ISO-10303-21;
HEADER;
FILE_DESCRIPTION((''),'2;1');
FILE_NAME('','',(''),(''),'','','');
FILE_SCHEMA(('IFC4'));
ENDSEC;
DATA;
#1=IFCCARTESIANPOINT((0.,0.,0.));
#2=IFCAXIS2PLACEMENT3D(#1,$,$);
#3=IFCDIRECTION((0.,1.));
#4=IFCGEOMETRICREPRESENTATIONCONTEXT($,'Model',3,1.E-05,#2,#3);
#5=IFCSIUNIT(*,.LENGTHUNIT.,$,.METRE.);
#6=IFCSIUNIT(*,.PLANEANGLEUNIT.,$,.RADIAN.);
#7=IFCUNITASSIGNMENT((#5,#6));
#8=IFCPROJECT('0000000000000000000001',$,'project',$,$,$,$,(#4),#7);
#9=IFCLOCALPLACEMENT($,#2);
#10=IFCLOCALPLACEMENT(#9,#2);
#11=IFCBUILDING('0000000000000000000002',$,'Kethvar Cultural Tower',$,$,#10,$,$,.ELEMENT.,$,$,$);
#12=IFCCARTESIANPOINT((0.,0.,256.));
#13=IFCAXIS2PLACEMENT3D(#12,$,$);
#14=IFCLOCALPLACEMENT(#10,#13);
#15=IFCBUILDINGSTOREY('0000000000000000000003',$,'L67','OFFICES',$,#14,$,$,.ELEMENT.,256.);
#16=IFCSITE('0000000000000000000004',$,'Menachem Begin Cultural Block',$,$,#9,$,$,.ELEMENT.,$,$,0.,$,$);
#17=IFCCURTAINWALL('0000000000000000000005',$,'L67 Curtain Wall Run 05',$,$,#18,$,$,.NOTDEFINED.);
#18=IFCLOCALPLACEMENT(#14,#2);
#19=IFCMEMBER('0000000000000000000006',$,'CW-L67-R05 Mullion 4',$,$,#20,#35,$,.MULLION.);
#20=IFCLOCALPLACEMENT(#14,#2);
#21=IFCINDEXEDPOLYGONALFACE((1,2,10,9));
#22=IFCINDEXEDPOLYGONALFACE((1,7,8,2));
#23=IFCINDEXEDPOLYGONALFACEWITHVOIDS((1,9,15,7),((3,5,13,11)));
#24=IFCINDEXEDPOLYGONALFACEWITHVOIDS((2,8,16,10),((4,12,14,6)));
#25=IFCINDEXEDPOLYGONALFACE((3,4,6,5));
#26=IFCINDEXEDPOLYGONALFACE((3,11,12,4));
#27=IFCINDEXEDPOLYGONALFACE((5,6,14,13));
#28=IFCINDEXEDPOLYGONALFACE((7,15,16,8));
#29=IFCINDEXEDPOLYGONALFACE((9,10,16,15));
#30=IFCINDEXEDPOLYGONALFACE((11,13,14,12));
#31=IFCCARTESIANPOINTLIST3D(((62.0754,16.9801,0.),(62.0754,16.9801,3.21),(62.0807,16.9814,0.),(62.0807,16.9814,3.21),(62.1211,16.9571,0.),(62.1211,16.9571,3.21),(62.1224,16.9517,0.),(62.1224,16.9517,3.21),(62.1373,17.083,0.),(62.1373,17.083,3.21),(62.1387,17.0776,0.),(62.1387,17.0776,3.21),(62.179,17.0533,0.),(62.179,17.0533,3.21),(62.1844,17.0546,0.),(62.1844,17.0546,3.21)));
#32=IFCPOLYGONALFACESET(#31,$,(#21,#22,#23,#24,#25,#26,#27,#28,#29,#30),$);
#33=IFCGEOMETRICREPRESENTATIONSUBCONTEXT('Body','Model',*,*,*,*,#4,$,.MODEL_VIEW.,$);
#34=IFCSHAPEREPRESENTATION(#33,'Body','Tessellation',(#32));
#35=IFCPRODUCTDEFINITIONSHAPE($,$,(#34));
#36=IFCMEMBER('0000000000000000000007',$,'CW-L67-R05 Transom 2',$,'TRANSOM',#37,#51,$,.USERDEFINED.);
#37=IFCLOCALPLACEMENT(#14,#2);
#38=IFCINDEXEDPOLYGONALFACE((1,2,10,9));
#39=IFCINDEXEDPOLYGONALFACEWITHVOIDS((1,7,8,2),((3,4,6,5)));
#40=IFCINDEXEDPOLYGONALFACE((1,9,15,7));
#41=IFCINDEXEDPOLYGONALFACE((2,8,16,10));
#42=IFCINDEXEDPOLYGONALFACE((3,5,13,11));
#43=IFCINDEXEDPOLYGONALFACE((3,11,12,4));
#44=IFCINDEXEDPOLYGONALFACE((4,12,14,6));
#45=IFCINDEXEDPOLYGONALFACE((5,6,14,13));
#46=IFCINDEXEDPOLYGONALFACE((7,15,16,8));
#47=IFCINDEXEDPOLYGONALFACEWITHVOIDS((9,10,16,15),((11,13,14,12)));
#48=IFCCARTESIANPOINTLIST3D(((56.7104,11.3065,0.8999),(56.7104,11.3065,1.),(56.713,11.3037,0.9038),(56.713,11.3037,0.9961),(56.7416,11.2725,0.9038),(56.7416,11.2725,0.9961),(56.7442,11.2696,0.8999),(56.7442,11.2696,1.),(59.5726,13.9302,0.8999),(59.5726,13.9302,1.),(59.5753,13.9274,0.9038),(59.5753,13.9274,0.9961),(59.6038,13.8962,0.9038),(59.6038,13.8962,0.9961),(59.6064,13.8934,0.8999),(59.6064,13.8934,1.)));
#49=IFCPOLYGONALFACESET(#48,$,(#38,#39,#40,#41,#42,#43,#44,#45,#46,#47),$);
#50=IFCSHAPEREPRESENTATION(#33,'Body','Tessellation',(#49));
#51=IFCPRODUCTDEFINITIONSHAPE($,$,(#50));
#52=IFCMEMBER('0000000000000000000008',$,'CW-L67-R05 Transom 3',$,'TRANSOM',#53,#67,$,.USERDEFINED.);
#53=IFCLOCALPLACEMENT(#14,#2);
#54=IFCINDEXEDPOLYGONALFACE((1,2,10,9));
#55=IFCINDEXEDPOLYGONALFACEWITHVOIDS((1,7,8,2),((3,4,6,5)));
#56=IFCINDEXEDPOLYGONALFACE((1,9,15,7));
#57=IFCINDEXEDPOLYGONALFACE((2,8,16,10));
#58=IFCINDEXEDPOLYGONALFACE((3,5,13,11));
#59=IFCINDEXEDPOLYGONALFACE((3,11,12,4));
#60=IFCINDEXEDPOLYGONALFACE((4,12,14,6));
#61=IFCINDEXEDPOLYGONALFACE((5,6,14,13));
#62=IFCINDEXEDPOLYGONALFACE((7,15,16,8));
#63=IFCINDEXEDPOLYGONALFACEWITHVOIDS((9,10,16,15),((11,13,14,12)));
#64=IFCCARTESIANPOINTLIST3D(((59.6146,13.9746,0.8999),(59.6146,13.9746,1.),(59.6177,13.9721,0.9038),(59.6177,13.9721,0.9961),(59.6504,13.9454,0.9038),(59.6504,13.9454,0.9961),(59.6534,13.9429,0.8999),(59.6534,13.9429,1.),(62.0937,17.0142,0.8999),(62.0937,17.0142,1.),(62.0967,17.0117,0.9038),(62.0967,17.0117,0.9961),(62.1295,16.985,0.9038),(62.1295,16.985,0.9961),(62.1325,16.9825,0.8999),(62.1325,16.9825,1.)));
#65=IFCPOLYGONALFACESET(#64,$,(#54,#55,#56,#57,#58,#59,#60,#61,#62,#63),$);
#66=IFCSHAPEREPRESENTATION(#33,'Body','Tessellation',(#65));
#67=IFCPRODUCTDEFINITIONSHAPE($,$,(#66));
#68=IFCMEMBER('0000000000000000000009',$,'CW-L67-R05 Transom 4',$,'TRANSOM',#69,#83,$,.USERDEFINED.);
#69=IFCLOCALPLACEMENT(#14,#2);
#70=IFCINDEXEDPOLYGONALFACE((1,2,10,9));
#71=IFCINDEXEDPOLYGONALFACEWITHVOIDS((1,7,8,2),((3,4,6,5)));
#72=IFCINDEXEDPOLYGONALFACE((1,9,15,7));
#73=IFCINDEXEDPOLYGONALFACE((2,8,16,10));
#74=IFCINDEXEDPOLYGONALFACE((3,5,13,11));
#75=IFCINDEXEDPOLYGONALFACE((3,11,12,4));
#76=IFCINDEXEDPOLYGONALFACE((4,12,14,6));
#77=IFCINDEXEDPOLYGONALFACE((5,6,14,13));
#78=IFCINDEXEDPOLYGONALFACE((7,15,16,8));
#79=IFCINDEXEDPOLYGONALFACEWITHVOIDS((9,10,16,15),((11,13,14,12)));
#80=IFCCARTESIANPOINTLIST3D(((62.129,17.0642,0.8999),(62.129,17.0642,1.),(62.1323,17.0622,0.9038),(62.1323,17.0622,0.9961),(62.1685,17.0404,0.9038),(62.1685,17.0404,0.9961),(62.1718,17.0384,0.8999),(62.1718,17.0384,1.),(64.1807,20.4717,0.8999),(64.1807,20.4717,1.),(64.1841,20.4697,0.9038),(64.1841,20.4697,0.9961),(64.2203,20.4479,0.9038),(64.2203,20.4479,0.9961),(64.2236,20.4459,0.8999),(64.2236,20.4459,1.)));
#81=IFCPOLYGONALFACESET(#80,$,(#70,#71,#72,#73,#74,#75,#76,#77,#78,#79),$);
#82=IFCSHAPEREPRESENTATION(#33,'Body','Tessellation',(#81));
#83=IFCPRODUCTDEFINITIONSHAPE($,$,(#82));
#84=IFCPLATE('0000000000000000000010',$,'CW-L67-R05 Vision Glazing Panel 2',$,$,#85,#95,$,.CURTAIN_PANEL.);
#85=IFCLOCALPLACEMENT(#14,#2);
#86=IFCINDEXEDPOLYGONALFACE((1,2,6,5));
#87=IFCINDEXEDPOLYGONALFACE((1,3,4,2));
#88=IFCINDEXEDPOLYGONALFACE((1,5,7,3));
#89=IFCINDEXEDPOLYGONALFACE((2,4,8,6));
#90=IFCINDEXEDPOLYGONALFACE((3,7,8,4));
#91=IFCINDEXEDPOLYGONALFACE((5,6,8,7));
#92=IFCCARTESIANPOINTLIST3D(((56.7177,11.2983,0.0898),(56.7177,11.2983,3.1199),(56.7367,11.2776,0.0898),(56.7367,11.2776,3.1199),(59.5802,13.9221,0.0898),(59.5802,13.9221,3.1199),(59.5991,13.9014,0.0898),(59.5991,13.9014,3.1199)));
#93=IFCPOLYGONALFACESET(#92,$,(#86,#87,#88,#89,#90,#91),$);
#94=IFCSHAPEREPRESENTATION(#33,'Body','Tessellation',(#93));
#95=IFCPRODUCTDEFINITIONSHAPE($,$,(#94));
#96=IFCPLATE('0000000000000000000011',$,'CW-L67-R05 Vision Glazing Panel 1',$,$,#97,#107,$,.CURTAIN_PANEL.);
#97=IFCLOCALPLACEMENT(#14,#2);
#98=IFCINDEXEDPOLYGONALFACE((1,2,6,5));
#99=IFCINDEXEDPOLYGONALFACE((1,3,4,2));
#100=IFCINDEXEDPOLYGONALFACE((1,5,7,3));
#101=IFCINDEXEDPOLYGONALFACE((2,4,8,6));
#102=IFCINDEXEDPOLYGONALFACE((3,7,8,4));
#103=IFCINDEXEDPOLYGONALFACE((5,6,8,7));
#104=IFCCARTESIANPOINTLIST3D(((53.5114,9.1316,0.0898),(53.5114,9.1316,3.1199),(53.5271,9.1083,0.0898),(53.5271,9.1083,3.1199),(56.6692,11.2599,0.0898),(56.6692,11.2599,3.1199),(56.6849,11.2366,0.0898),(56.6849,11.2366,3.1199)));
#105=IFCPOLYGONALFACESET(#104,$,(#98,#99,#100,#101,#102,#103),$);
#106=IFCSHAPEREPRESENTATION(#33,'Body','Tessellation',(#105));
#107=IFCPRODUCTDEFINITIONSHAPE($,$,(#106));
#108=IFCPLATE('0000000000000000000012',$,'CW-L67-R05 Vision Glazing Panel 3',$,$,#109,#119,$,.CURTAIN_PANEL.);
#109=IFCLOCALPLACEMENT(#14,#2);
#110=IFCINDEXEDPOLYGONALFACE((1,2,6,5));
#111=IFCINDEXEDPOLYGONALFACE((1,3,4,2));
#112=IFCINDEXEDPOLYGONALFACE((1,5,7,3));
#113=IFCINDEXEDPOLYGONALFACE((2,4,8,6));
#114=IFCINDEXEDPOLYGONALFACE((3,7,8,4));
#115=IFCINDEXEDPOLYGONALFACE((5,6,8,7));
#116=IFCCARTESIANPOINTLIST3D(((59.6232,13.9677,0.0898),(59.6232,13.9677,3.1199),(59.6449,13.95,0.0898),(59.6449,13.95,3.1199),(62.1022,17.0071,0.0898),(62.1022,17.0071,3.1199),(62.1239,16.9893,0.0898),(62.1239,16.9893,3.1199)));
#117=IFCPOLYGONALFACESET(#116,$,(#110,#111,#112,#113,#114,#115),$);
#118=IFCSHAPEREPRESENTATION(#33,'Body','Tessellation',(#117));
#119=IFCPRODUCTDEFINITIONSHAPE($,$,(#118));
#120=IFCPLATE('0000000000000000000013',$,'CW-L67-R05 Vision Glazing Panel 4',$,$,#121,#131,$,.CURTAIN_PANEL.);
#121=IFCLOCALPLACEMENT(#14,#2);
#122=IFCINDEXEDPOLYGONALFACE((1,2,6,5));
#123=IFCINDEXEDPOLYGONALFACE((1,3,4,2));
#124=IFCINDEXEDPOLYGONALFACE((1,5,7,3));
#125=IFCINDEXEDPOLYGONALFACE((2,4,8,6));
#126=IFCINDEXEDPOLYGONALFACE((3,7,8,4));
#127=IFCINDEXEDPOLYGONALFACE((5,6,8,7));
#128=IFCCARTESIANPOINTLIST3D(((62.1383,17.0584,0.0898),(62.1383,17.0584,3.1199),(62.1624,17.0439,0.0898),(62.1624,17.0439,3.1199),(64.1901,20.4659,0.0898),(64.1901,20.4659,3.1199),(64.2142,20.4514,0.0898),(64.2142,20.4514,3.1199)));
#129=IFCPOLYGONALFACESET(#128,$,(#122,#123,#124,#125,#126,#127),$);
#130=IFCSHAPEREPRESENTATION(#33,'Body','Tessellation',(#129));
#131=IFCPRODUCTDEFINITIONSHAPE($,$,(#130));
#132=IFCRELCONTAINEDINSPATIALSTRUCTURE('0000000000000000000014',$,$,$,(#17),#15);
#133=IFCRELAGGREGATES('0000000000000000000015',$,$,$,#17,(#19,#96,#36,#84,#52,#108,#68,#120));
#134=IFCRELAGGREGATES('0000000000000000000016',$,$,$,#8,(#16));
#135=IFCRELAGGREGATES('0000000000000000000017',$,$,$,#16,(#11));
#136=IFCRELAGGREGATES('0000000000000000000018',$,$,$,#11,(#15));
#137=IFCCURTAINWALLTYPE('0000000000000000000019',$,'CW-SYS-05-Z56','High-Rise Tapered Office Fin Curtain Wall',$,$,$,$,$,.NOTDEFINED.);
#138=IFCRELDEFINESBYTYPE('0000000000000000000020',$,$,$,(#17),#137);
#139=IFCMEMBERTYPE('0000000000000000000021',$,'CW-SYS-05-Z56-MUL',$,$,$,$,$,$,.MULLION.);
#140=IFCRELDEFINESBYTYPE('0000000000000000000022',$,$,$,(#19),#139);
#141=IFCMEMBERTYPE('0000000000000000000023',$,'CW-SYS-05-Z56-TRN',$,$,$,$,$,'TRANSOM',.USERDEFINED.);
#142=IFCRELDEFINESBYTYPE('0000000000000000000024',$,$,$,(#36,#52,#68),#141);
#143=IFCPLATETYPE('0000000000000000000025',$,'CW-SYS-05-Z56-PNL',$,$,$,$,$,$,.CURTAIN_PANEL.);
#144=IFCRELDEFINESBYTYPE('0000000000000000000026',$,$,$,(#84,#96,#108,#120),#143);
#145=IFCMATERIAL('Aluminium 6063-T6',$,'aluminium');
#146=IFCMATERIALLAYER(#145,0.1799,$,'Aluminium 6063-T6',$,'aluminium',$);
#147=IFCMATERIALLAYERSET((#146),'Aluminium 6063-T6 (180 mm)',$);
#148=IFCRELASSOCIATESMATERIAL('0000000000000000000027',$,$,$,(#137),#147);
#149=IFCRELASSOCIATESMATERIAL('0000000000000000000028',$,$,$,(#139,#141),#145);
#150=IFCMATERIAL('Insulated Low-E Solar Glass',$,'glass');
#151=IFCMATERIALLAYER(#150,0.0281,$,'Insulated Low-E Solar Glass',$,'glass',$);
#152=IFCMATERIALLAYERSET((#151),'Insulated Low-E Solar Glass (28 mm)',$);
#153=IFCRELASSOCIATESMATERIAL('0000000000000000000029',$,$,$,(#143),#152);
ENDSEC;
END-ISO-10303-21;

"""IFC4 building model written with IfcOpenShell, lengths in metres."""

from ifc_helpers import new_model, si_unit, direction, frame, origin, origin_2d, place, context, subcontext, project, spatial, rectangle, hollow_rectangle, extrude, source, transform, mapped, material, layer, layer_set, material_profile, profile_set, type_object, element, aggregate, save


model = new_model("IFC4")

# Units and contexts
model_context = context("Model", 3, precision=1e-05, world=origin(), true_north=direction((0.0, 1.0)))
body_context = subcontext(model_context, "Body", "Model", "MODEL_VIEW")
ifc_project = project(units=[si_unit("LENGTHUNIT", "METRE"), si_unit("PLANEANGLEUNIT", "RADIAN")], contexts=[model_context])

# Site, building, storey
site_placement = place(None, origin())
site = spatial("IfcSite", under=ifc_project, at=site_placement, Name="Menachem Begin Cultural Block", CompositionType="ELEMENT", RefElevation=0.0)
building_placement = place(site_placement, origin())
building = spatial("IfcBuilding", under=site, at=building_placement, Name="Kethvar Cultural Tower", CompositionType="ELEMENT")
storey_placement = place(building_placement, frame((0.0, 0.0, 256.0)))
storey = spatial("IfcBuildingStorey", under=building, at=storey_placement, Name="L67", Description="OFFICES", CompositionType="ELEMENT", Elevation=256.0)

# Curtain wall, members, plates
ifc_material_1 = material(Name="Aluminium 6063-T6", Category="aluminium")
ifc_layer_1 = layer(ifc_material_1, 0.1799, Name="Aluminium 6063-T6", Category="aluminium")
ifc_layer_set_1 = layer_set([ifc_layer_1], Name="Aluminium 6063-T6 (180 mm)")
curtain_wall_type = type_object("IfcCurtainWallType", Name="CW-SYS-05-Z56", Description="High-Rise Tapered Office Fin Curtain Wall", PredefinedType="NOTDEFINED", material=ifc_layer_set_1)
curtain_wall_placement = place(storey_placement, origin())
curtain_wall = element("IfcCurtainWall", 1, at=curtain_wall_placement, inside=storey, type_object=curtain_wall_type, Name="L67 Curtain Wall Run 05", PredefinedType="NOTDEFINED")
ifc_material_profile_1 = material_profile(ifc_material_1, hollow_rectangle(XDim=0.0549, YDim=0.1201, WallThickness=0.0039, at=origin_2d()), Name="Aluminium 6063-T6 — RHS120x55x4")
ifc_profile_set_1 = profile_set([ifc_material_profile_1], Name="Aluminium 6063-T6 — RHS120x55x4")
member_type_1 = type_object("IfcMemberType", Name="CW-SYS-05-Z56-MUL", PredefinedType="MULLION", material=ifc_profile_set_1)
shared_shape_1 = source(origin(), body_context, "Body", "SweptSolid", [
    extrude(hollow_rectangle(XDim=0.0549, YDim=0.1201, WallThickness=0.0039, at=origin_2d()), origin(), (0.0, 0.0, 1.0), 3.21),
])
member_1_placement = place(storey_placement, frame((62.1299, 17.0173, 0.0), z_axis=(0.0, 0.0, 1.0), x_axis=(-0.856682, 0.515846, 0.0)))
member_1 = element("IfcMember", 2, at=member_1_placement, type_object=member_type_1, Name="CW-L67-R05 Mullion 4", PredefinedType="MULLION", context=body_context, shape_type="MappedRepresentation", body=[
    mapped(shared_shape_1, transform((0.0, 0.0, 0.0), scale=1.0)),
])
ifc_material_profile_2 = material_profile(ifc_material_1, hollow_rectangle(XDim=0.05, YDim=0.1001, WallThickness=0.0039, at=origin_2d()), Name="Aluminium 6063-T6 — RHS100x50x4")
ifc_profile_set_2 = profile_set([ifc_material_profile_2], Name="Aluminium 6063-T6 — RHS100x50x4")
member_type_2 = type_object("IfcMemberType", Name="CW-SYS-05-Z56-TRN", ElementType="TRANSOM", PredefinedType="USERDEFINED", material=ifc_profile_set_2)
shared_shape_2 = source(origin(), body_context, "Body", "SweptSolid", [
    extrude(hollow_rectangle(XDim=0.05, YDim=0.1001, WallThickness=0.0039, at=origin_2d()), origin(), (0.0, 0.0, 1.0), 3.8828),
])
member_2_placement = place(storey_placement, frame((56.7273, 11.2881, 0.95), z_axis=(0.737154, 0.675725, 0.0), x_axis=(-0.675725, 0.737154, 0.0)))
member_2 = element("IfcMember", 3, at=member_2_placement, type_object=member_type_2, Name="CW-L67-R05 Transom 2", ObjectType="TRANSOM", PredefinedType="USERDEFINED", context=body_context, shape_type="MappedRepresentation", body=[
    mapped(shared_shape_2, transform((0.0, 0.0, 0.0), scale=1.0)),
])
shared_shape_3 = source(origin(), body_context, "Body", "SweptSolid", [
    extrude(hollow_rectangle(XDim=0.05, YDim=0.1001, WallThickness=0.0039, at=origin_2d()), origin(), (0.0, 0.0, 1.0), 3.9224),
])
member_3_placement = place(storey_placement, frame((59.634, 13.9587, 0.95), z_axis=(0.63203, 0.774944, 0.0), x_axis=(-0.774944, 0.63203, 0.0)))
member_3 = element("IfcMember", 4, at=member_3_placement, type_object=member_type_2, Name="CW-L67-R05 Transom 3", ObjectType="TRANSOM", PredefinedType="USERDEFINED", context=body_context, shape_type="MappedRepresentation", body=[
    mapped(shared_shape_3, transform((0.0, 0.0, 0.0), scale=1.0)),
])
shared_shape_4 = source(origin(), body_context, "Body", "SweptSolid", [
    extrude(hollow_rectangle(XDim=0.05, YDim=0.1001, WallThickness=0.0039, at=origin_2d()), origin(), (0.0, 0.0, 1.0), 3.9775),
])
member_4_placement = place(storey_placement, frame((62.1504, 17.0513, 0.95), z_axis=(0.51584, 0.856685, 0.0), x_axis=(-0.856685, 0.51584, 0.0)))
member_4 = element("IfcMember", 5, at=member_4_placement, type_object=member_type_2, Name="CW-L67-R05 Transom 4", ObjectType="TRANSOM", PredefinedType="USERDEFINED", context=body_context, shape_type="MappedRepresentation", body=[
    mapped(shared_shape_4, transform((0.0, 0.0, 0.0), scale=1.0)),
])
ifc_material_2 = material(Name="Insulated Low-E Solar Glass", Category="glass")
ifc_layer_2 = layer(ifc_material_2, 0.0281, Name="Insulated Low-E Solar Glass", Category="glass")
ifc_layer_set_2 = layer_set([ifc_layer_2], Name="Insulated Low-E Solar Glass (28 mm)")
plate_type = type_object("IfcPlateType", Name="CW-SYS-05-Z56-PNL", PredefinedType="CURTAIN_PANEL", material=ifc_layer_set_2)
shared_shape_5 = source(origin(), body_context, "Body", "SweptSolid", [
    extrude(rectangle(XDim=3.8831, YDim=0.0281, at=origin_2d()), origin(), (0.0, 0.0, 1.0), 3.03),
])
plate_1_placement = place(storey_placement, frame((58.1584, 12.5999, 0.0898), z_axis=(0.0, 0.0, 1.0), x_axis=(0.737159, 0.675719, 0.0)))
plate_1 = element("IfcPlate", 6, at=plate_1_placement, type_object=plate_type, Name="CW-L67-R05 Vision Glazing Panel 2", PredefinedType="CURTAIN_PANEL", context=body_context, shape_type="MappedRepresentation", body=[
    mapped(shared_shape_5, transform((0.0, 0.0, 0.0), scale=1.0)),
])
shared_shape_6 = source(origin(), body_context, "Body", "SweptSolid", [
    extrude(rectangle(XDim=3.8081, YDim=0.0281, at=origin_2d()), origin(), (0.0, 0.0, 1.0), 3.03),
])
plate_2_placement = place(storey_placement, frame((55.0981, 10.1841, 0.0898), z_axis=(0.0, 0.0, 1.0), x_axis=(0.829242, 0.558889, 0.0)))
plate_2 = element("IfcPlate", 7, at=plate_2_placement, type_object=plate_type, Name="CW-L67-R05 Vision Glazing Panel 1", PredefinedType="CURTAIN_PANEL", context=body_context, shape_type="MappedRepresentation", body=[
    mapped(shared_shape_6, transform((0.0, 0.0, 0.0), scale=1.0)),
])
shared_shape_7 = source(origin(), body_context, "Body", "SweptSolid", [
    extrude(rectangle(XDim=3.9221, YDim=0.0281, at=origin_2d()), origin(), (0.0, 0.0, 1.0), 3.03),
])
plate_3_placement = place(storey_placement, frame((60.8735, 15.4785, 0.0898), z_axis=(0.0, 0.0, 1.0), x_axis=(0.632056, 0.774922, 0.0)))
plate_3 = element("IfcPlate", 8, at=plate_3_placement, type_object=plate_type, Name="CW-L67-R05 Vision Glazing Panel 3", PredefinedType="CURTAIN_PANEL", context=body_context, shape_type="MappedRepresentation", body=[
    mapped(shared_shape_7, transform((0.0, 0.0, 0.0), scale=1.0)),
])
shared_shape_8 = source(origin(), body_context, "Body", "SweptSolid", [
    extrude(rectangle(XDim=3.9775, YDim=0.0281, at=origin_2d()), origin(), (0.0, 0.0, 1.0), 3.03),
])
plate_4_placement = place(storey_placement, frame((63.1763, 18.7549, 0.0898), z_axis=(0.0, 0.0, 1.0), x_axis=(0.515846, 0.856682, 0.0)))
plate_4 = element("IfcPlate", 9, at=plate_4_placement, type_object=plate_type, Name="CW-L67-R05 Vision Glazing Panel 4", PredefinedType="CURTAIN_PANEL", context=body_context, shape_type="MappedRepresentation", body=[
    mapped(shared_shape_8, transform((0.0, 0.0, 0.0), scale=1.0)),
])
aggregate(curtain_wall, [member_1, plate_2, member_2, plate_1, member_3, plate_3, member_4, plate_4])

save(model, "model.ifc")
